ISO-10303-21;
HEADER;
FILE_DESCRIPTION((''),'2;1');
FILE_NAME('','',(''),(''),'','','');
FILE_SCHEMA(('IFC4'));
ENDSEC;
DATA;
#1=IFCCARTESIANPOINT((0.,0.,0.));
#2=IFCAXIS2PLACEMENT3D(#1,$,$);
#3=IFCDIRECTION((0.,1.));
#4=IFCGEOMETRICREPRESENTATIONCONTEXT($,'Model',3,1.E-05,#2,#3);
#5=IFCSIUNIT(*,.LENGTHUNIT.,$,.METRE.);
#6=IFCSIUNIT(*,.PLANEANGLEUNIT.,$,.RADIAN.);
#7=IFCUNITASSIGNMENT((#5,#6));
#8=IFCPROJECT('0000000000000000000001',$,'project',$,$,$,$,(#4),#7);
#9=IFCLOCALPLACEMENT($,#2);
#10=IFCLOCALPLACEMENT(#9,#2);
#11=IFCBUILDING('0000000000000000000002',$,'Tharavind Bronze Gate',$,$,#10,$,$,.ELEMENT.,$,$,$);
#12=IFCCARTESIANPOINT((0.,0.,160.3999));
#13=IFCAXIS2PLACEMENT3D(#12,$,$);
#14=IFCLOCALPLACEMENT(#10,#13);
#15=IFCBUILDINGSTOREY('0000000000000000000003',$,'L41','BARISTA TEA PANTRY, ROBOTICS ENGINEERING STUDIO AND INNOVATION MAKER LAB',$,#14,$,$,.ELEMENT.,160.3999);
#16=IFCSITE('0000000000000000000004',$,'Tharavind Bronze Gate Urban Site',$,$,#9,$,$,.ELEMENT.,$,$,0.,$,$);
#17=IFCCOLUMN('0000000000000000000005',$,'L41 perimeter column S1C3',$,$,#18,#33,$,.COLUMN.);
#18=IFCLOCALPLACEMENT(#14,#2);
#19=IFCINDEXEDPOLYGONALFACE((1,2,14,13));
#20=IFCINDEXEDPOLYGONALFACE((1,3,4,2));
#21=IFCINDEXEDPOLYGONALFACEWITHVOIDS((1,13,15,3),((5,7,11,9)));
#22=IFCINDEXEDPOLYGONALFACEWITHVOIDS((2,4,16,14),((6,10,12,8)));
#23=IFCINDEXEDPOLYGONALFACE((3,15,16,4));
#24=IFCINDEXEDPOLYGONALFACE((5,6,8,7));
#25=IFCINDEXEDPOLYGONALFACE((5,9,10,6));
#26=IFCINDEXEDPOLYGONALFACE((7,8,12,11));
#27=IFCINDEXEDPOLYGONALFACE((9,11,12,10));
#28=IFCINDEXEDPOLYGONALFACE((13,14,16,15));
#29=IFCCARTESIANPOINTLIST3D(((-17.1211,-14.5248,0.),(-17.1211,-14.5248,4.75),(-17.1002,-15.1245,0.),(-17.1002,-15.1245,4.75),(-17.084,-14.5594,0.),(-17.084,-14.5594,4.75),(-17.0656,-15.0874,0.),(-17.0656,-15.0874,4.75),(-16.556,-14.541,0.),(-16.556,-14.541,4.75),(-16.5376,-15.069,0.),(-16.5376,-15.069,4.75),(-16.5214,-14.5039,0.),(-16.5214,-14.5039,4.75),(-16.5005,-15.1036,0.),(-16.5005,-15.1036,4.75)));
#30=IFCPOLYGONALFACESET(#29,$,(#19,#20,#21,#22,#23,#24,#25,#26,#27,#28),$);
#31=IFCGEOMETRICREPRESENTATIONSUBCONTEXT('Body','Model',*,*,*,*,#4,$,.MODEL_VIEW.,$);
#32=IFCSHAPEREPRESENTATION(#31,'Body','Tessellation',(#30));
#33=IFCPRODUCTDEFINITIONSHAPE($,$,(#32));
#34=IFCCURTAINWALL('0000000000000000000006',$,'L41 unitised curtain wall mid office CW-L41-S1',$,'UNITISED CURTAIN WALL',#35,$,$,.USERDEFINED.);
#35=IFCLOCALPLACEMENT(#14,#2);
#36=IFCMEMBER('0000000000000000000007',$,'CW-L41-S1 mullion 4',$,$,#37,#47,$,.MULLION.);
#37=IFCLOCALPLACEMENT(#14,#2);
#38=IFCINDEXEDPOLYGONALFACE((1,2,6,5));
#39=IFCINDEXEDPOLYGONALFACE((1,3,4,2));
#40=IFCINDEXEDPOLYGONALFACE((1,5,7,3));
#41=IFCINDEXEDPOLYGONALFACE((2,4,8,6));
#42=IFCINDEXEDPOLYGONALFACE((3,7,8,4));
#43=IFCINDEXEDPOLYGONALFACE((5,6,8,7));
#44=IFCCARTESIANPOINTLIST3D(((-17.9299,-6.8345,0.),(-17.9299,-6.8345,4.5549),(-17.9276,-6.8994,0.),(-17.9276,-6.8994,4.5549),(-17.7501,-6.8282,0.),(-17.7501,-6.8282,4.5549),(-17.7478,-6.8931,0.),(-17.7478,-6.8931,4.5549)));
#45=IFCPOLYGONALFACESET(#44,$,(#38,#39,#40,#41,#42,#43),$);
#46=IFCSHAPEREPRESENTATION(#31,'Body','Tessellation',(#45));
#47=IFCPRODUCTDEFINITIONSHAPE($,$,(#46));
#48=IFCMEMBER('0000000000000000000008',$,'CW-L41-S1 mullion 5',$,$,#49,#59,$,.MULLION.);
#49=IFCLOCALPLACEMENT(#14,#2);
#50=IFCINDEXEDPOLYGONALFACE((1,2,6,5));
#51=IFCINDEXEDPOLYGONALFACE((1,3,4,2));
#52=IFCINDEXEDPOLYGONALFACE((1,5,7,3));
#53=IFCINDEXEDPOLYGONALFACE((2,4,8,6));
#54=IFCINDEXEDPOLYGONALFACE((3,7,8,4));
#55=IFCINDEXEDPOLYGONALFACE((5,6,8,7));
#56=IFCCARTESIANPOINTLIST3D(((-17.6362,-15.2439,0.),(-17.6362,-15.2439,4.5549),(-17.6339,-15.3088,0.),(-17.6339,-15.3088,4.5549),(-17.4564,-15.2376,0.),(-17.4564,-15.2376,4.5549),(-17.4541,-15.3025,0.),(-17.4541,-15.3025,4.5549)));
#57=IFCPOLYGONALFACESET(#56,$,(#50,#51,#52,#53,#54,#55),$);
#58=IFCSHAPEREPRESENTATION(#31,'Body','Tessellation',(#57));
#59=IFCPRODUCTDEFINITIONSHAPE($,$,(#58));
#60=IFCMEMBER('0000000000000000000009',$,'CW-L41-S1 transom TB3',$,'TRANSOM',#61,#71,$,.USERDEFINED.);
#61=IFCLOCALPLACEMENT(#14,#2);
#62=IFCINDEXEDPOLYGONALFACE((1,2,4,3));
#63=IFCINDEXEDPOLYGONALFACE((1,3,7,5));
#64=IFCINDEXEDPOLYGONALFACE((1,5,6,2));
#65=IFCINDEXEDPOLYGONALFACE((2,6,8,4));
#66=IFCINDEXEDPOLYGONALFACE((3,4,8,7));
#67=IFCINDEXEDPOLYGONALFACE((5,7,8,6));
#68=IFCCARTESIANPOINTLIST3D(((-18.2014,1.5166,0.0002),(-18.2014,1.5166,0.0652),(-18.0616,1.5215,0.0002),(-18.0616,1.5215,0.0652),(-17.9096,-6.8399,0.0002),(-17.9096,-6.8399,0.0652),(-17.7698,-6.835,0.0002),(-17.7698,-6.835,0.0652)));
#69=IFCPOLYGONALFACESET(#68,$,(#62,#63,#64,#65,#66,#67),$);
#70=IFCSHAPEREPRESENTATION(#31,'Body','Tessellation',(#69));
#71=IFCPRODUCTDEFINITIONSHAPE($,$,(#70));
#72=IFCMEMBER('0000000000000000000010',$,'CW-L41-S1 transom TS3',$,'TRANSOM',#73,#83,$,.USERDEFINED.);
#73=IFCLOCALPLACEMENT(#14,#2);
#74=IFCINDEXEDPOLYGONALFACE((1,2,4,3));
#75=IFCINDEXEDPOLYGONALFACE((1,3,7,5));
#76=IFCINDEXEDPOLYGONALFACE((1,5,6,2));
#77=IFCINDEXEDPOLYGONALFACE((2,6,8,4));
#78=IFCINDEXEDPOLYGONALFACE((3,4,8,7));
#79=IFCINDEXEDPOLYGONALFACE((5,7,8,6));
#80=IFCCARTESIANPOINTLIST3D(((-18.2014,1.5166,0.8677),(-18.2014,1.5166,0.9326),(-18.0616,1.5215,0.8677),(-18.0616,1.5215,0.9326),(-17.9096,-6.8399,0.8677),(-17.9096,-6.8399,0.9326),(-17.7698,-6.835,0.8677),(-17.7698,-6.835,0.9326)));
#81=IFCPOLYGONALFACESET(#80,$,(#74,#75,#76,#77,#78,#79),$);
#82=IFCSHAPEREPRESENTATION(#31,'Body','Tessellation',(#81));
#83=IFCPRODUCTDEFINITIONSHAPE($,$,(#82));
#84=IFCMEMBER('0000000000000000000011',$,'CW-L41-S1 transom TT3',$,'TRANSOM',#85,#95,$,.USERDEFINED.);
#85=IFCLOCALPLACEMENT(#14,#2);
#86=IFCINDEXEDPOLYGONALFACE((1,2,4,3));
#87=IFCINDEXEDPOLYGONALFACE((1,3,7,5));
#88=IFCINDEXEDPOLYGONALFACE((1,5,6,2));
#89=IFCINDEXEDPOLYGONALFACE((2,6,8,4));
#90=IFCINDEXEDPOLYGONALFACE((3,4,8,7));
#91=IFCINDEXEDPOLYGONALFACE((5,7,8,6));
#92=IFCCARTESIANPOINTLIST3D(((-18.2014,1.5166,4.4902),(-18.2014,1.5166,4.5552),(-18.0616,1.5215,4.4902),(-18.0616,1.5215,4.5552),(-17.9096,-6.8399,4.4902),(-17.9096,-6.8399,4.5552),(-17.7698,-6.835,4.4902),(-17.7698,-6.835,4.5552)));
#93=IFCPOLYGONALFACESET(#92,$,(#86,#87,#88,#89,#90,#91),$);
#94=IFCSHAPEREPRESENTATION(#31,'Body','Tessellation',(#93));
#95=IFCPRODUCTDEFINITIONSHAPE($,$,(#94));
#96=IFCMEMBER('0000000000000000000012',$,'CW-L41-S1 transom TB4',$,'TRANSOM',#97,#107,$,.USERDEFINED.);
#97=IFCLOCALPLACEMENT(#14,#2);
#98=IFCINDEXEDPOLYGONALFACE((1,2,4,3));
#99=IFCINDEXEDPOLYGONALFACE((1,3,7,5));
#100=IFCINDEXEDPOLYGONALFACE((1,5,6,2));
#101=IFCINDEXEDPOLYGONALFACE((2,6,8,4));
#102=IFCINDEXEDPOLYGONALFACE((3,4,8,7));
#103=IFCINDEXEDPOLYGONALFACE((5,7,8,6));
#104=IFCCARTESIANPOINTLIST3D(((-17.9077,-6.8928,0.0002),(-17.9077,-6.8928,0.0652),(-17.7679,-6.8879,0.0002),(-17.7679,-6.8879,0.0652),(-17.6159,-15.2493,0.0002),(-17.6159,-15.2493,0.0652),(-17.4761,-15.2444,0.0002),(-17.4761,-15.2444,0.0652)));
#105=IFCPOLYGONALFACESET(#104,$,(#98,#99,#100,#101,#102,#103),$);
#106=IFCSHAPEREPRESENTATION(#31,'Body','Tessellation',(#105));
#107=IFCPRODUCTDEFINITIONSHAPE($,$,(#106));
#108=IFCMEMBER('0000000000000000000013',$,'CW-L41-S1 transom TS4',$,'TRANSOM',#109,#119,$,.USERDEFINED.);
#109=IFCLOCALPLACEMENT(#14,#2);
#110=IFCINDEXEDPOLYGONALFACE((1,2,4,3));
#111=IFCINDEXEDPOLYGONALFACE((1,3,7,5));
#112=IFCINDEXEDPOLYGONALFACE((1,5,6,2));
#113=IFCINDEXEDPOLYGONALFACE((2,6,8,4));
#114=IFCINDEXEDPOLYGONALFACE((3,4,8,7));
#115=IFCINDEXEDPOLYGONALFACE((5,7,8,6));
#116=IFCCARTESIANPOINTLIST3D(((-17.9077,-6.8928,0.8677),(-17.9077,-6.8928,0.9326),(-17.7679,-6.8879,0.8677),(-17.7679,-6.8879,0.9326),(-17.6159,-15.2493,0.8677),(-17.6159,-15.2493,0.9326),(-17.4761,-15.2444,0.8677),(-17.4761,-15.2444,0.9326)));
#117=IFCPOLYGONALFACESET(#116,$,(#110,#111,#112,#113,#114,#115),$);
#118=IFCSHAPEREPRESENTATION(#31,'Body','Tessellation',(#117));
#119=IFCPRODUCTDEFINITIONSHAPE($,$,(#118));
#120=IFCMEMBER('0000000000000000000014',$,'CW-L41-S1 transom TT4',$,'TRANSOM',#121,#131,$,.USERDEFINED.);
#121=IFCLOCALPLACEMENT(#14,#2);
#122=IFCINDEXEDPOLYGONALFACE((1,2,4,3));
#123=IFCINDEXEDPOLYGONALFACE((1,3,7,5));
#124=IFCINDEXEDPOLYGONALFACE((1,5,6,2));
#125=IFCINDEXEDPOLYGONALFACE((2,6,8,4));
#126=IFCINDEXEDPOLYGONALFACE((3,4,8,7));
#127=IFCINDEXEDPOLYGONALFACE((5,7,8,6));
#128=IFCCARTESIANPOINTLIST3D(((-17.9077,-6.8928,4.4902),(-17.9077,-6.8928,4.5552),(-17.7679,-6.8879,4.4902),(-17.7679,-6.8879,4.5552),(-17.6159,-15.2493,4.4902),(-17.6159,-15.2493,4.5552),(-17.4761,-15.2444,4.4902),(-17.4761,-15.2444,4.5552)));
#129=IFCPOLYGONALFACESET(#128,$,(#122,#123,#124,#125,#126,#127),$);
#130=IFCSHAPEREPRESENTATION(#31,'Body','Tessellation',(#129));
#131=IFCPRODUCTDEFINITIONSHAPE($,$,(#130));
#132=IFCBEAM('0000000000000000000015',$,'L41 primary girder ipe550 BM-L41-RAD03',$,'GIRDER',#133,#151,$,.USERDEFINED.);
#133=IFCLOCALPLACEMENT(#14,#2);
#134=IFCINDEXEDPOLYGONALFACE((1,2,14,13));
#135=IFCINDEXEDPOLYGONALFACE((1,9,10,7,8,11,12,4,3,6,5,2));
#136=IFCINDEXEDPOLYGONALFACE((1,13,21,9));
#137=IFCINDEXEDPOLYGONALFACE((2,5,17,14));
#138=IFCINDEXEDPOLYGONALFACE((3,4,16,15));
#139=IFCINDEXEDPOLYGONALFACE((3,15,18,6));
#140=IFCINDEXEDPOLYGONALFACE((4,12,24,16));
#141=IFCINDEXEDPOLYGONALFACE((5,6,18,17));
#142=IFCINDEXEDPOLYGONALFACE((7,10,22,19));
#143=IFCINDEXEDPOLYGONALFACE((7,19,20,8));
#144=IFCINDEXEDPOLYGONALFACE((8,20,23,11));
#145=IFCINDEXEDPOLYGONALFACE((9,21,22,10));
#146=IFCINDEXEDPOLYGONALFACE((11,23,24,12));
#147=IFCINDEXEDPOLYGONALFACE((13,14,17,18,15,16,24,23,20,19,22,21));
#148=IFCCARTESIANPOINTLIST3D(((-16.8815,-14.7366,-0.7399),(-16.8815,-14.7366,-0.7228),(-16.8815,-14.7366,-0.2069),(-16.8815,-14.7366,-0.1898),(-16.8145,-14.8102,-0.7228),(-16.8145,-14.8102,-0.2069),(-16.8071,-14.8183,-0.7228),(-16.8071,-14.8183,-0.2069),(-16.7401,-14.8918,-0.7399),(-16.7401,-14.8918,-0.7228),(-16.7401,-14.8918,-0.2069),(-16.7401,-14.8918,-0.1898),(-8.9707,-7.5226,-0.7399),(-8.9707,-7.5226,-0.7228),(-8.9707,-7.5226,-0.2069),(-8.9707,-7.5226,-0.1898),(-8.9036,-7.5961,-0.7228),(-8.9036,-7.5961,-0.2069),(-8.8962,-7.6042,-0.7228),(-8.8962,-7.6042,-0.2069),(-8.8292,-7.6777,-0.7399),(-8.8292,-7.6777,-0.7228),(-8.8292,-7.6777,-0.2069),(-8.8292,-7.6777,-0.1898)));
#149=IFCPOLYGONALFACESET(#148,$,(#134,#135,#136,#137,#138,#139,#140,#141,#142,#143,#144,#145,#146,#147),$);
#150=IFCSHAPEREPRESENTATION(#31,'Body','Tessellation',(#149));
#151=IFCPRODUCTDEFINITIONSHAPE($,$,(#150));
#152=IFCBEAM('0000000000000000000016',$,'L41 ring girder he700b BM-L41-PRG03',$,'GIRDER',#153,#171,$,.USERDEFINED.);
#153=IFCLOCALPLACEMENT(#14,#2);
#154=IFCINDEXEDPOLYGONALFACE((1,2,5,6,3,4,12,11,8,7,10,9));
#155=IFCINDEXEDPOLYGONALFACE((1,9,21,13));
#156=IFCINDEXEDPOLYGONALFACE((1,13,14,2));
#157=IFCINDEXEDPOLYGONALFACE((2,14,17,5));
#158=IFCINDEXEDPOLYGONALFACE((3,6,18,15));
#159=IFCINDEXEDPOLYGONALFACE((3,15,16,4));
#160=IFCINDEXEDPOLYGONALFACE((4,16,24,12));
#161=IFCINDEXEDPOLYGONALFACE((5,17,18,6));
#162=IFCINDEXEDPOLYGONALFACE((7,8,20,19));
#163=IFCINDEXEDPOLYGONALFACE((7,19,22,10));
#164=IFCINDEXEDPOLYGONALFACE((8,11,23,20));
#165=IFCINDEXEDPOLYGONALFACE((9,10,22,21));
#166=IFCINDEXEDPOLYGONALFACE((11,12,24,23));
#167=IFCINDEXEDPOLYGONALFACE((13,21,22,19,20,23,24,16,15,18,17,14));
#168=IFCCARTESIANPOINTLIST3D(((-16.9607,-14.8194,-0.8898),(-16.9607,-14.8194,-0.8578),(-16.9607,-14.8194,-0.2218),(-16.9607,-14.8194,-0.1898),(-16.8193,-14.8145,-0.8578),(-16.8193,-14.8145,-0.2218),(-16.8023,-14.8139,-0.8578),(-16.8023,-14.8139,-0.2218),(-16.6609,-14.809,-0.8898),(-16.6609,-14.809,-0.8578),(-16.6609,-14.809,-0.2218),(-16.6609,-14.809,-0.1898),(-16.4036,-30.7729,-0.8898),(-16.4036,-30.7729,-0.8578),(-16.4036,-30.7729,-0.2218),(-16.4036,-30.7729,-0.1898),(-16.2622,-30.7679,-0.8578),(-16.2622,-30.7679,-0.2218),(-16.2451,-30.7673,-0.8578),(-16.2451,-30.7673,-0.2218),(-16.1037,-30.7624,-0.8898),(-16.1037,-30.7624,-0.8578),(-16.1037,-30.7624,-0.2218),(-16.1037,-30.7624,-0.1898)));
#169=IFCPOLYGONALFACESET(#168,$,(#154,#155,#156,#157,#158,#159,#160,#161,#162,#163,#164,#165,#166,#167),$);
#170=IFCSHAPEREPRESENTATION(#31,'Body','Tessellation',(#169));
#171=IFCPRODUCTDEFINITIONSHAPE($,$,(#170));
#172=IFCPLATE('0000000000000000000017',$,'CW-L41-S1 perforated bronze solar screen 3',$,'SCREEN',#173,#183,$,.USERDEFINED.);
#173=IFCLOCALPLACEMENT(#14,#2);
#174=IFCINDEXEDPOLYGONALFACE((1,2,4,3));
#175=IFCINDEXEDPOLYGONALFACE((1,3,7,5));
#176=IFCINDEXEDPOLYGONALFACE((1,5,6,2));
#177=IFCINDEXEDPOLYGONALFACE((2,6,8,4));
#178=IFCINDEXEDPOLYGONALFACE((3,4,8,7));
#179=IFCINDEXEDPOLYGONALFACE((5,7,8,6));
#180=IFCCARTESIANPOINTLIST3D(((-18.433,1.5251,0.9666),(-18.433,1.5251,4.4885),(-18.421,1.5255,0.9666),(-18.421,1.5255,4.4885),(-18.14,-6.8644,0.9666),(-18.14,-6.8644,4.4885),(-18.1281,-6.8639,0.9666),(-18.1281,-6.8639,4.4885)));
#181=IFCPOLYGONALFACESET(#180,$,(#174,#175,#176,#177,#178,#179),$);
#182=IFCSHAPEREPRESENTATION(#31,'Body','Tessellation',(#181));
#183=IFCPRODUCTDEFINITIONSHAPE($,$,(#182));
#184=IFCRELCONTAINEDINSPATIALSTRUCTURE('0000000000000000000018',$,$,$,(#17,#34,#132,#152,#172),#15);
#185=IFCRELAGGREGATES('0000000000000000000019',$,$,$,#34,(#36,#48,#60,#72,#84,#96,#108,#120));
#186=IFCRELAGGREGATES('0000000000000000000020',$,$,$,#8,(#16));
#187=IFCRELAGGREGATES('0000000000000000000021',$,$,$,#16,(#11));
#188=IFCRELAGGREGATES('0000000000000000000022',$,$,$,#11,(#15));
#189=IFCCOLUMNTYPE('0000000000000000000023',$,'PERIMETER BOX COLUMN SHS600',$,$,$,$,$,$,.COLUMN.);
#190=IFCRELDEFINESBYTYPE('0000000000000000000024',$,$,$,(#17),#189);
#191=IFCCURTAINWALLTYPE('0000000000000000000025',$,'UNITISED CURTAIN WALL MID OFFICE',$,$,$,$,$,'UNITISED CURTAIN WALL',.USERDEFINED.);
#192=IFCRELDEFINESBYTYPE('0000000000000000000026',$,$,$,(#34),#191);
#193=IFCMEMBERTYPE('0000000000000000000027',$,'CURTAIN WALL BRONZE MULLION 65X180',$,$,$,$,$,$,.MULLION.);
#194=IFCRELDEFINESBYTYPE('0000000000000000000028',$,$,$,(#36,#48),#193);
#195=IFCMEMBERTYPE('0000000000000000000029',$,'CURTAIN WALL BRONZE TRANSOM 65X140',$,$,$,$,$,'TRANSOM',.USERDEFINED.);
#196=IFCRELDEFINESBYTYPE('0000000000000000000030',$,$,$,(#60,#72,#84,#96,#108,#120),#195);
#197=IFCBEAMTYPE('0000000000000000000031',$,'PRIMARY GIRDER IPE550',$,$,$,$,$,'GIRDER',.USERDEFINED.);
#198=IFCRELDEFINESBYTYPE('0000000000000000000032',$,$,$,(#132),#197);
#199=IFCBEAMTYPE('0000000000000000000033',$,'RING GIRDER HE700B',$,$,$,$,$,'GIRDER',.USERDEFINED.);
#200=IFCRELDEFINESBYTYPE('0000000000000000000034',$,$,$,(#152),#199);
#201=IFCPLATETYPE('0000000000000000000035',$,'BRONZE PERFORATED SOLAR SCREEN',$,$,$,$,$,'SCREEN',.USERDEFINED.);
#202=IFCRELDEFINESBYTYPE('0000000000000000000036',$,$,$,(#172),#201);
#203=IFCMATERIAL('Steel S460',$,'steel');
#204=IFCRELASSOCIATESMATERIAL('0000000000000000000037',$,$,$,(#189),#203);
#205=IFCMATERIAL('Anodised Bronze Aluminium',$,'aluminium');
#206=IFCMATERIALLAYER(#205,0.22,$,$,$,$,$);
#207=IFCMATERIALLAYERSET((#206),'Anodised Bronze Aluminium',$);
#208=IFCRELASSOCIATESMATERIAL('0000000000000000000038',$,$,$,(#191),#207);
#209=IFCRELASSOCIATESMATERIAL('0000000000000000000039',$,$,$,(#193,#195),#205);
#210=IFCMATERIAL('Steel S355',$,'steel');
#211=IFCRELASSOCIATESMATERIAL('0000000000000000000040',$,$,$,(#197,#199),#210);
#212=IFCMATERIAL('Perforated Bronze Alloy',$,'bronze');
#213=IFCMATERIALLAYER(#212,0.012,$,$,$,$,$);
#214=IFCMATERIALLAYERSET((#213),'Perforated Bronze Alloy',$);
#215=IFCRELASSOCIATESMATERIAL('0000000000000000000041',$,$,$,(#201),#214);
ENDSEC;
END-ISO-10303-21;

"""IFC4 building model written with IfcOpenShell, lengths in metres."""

from ifc_helpers import new_model, si_unit, direction, frame, origin, origin_2d, place, context, subcontext, project, spatial, rectangle, hollow_rectangle, i_section, extrude, material, layer, layer_set, material_profile, profile_set, type_object, element, aggregate, save


model = new_model("IFC4")

# Units and contexts
model_context = context("Model", 3, precision=1e-05, world=origin(), true_north=direction((0.0, 1.0)))
body_context = subcontext(model_context, "Body", "Model", "MODEL_VIEW")
ifc_project = project(units=[si_unit("LENGTHUNIT", "METRE"), si_unit("PLANEANGLEUNIT", "RADIAN")], contexts=[model_context])

# Site, building, storey
site_placement = place(None, origin())
site = spatial("IfcSite", under=ifc_project, at=site_placement, Name="Tharavind Bronze Gate Urban Site", CompositionType="ELEMENT", RefElevation=0.0)
building_placement = place(site_placement, origin())
building = spatial("IfcBuilding", under=site, at=building_placement, Name="Tharavind Bronze Gate", CompositionType="ELEMENT")
storey_placement = place(building_placement, frame((0.0, 0.0, 160.3999)))
storey = spatial("IfcBuildingStorey", under=building, at=storey_placement, Name="L41", Description="BARISTA TEA PANTRY, ROBOTICS ENGINEERING STUDIO AND INNOVATION MAKER LAB", CompositionType="ELEMENT", Elevation=160.3999)

# Column
ifc_material_1 = material(Name="Steel S460", Category="steel")
ifc_material_profile_1 = material_profile(ifc_material_1, hollow_rectangle(XDim=0.6001, YDim=0.6001, WallThickness=0.0359, at=origin_2d()), Name="SHS600X36")
ifc_profile_set_1 = profile_set([ifc_material_profile_1], Name="Steel S460")
column_type = type_object("IfcColumnType", Name="PERIMETER BOX COLUMN SHS600", PredefinedType="COLUMN", material=ifc_profile_set_1)
column_placement = place(storey_placement, frame((-16.8108, -14.8142, 0.0), z_axis=(0.0, 0.0, 1.0), x_axis=(-0.034899, 0.999391, 0.0)))
element("IfcColumn", 1, at=column_placement, inside=storey, type_object=column_type, Name="L41 perimeter column S1C3", PredefinedType="COLUMN", context=body_context, shape_type="SweptSolid", body=[
    extrude(hollow_rectangle(XDim=0.6001, YDim=0.6001, WallThickness=0.0359, at=origin_2d()), origin(), (0.0, 0.0, 1.0), 4.75),
])

# Curtain wall, members
ifc_material_2 = material(Name="Anodised Bronze Aluminium", Category="aluminium")
ifc_layer_1 = layer(ifc_material_2, 0.22)
ifc_layer_set_1 = layer_set([ifc_layer_1], Name="Anodised Bronze Aluminium")
curtain_wall_type = type_object("IfcCurtainWallType", Name="UNITISED CURTAIN WALL MID OFFICE", ElementType="UNITISED CURTAIN WALL", PredefinedType="USERDEFINED", material=ifc_layer_set_1)
curtain_wall_placement = place(storey_placement, origin())
curtain_wall = element("IfcCurtainWall", 2, at=curtain_wall_placement, inside=storey, type_object=curtain_wall_type, Name="L41 unitised curtain wall mid office CW-L41-S1", ObjectType="UNITISED CURTAIN WALL", PredefinedType="USERDEFINED")
member_type_1 = type_object("IfcMemberType", Name="CURTAIN WALL BRONZE MULLION 65X180", PredefinedType="MULLION", material=ifc_material_2)
member_1_placement = place(storey_placement, frame((-17.8389, -6.8638, 0.0), z_axis=(0.0, 0.0, 1.0), x_axis=(0.034899, -0.999391, 0.0)))
member_1 = element("IfcMember", 3, at=member_1_placement, type_object=member_type_1, Name="CW-L41-S1 mullion 4", PredefinedType="MULLION", context=body_context, shape_type="SweptSolid", body=[
    extrude(rectangle(XDim=0.0649, YDim=0.1799, at=origin_2d()), origin(), (0.0, 0.0, 1.0), 4.5549),
])
member_2_placement = place(storey_placement, frame((-17.5452, -15.2732, 0.0), z_axis=(0.0, 0.0, 1.0), x_axis=(0.034899, -0.999391, 0.0)))
member_2 = element("IfcMember", 4, at=member_2_placement, type_object=member_type_1, Name="CW-L41-S1 mullion 5", PredefinedType="MULLION", context=body_context, shape_type="SweptSolid", body=[
    extrude(rectangle(XDim=0.0649, YDim=0.1799, at=origin_2d()), origin(), (0.0, 0.0, 1.0), 4.5549),
])
member_type_2 = type_object("IfcMemberType", Name="CURTAIN WALL BRONZE TRANSOM 65X140", ElementType="TRANSOM", PredefinedType="USERDEFINED", material=ifc_material_2)
member_3_placement = place(storey_placement, frame((-17.9856, -2.6592, 0.0002), z_axis=(0.0, 0.0, 1.0), x_axis=(0.034899, -0.999391, 0.0)))
member_3 = element("IfcMember", 5, at=member_3_placement, type_object=member_type_2, Name="CW-L41-S1 transom TB3", ObjectType="TRANSOM", PredefinedType="USERDEFINED", context=body_context, shape_type="SweptSolid", body=[
    extrude(rectangle(XDim=8.3616, YDim=0.1399, at=origin_2d()), origin(), (0.0, 0.0, 1.0), 0.0649),
])
member_4_placement = place(storey_placement, frame((-17.9856, -2.6592, 0.8677), z_axis=(0.0, 0.0, 1.0), x_axis=(0.034899, -0.999391, 0.0)))
member_4 = element("IfcMember", 6, at=member_4_placement, type_object=member_type_2, Name="CW-L41-S1 transom TS3", ObjectType="TRANSOM", PredefinedType="USERDEFINED", context=body_context, shape_type="SweptSolid", body=[
    extrude(rectangle(XDim=8.3616, YDim=0.1399, at=origin_2d()), origin(), (0.0, 0.0, 1.0), 0.0649),
])
member_5_placement = place(storey_placement, frame((-17.9856, -2.6592, 4.4902), z_axis=(0.0, 0.0, 1.0), x_axis=(0.034899, -0.999391, 0.0)))
member_5 = element("IfcMember", 7, at=member_5_placement, type_object=member_type_2, Name="CW-L41-S1 transom TT3", ObjectType="TRANSOM", PredefinedType="USERDEFINED", context=body_context, shape_type="SweptSolid", body=[
    extrude(rectangle(XDim=8.3616, YDim=0.1399, at=origin_2d()), origin(), (0.0, 0.0, 1.0), 0.0649),
])
member_6_placement = place(storey_placement, frame((-17.6919, -11.0686, 0.0002), z_axis=(0.0, 0.0, 1.0), x_axis=(0.034899, -0.999391, 0.0)))
member_6 = element("IfcMember", 8, at=member_6_placement, type_object=member_type_2, Name="CW-L41-S1 transom TB4", ObjectType="TRANSOM", PredefinedType="USERDEFINED", context=body_context, shape_type="SweptSolid", body=[
    extrude(rectangle(XDim=8.3616, YDim=0.1399, at=origin_2d()), origin(), (0.0, 0.0, 1.0), 0.0649),
])
member_7_placement = place(storey_placement, frame((-17.6919, -11.0686, 0.8677), z_axis=(0.0, 0.0, 1.0), x_axis=(0.034899, -0.999391, 0.0)))
member_7 = element("IfcMember", 9, at=member_7_placement, type_object=member_type_2, Name="CW-L41-S1 transom TS4", ObjectType="TRANSOM", PredefinedType="USERDEFINED", context=body_context, shape_type="SweptSolid", body=[
    extrude(rectangle(XDim=8.3616, YDim=0.1399, at=origin_2d()), origin(), (0.0, 0.0, 1.0), 0.0649),
])
member_8_placement = place(storey_placement, frame((-17.6919, -11.0686, 4.4902), z_axis=(0.0, 0.0, 1.0), x_axis=(0.034899, -0.999391, 0.0)))
member_8 = element("IfcMember", 10, at=member_8_placement, type_object=member_type_2, Name="CW-L41-S1 transom TT4", ObjectType="TRANSOM", PredefinedType="USERDEFINED", context=body_context, shape_type="SweptSolid", body=[
    extrude(rectangle(XDim=8.3616, YDim=0.1399, at=origin_2d()), origin(), (0.0, 0.0, 1.0), 0.0649),
])

# Beams
ifc_material_3 = material(Name="Steel S355", Category="steel")
ifc_material_profile_2 = material_profile(ifc_material_3, i_section(OverallWidth=0.21, OverallDepth=0.55, WebThickness=0.011, FlangeThickness=0.0171, at=origin_2d()), Name="IPE550")
ifc_profile_set_2 = profile_set([ifc_material_profile_2], Name="Steel S355")
beam_type_1 = type_object("IfcBeamType", Name="PRIMARY GIRDER IPE550", ElementType="GIRDER", PredefinedType="USERDEFINED", material=ifc_profile_set_2)
beam_1_placement = place(storey_placement, frame((-16.8108, -14.8142, -0.4648), z_axis=(0.738898, 0.673817, 0.0), x_axis=(-0.673817, 0.738898, 0.0)))
element("IfcBeam", 11, at=beam_1_placement, inside=storey, type_object=beam_type_1, Name="L41 primary girder ipe550 BM-L41-RAD03", ObjectType="GIRDER", PredefinedType="USERDEFINED", context=body_context, shape_type="SweptSolid", body=[
    extrude(i_section(OverallWidth=0.21, OverallDepth=0.55, WebThickness=0.011, FlangeThickness=0.0171, at=origin_2d()), origin(), (0.0, 0.0, 1.0), 10.7063),
])
ifc_material_profile_3 = material_profile(ifc_material_3, i_section(OverallWidth=0.3, OverallDepth=0.7, WebThickness=0.0171, FlangeThickness=0.032, at=origin_2d()), Name="HE700B")
ifc_profile_set_3 = profile_set([ifc_material_profile_3], Name="Steel S355")
beam_type_2 = type_object("IfcBeamType", Name="RING GIRDER HE700B", ElementType="GIRDER", PredefinedType="USERDEFINED", material=ifc_profile_set_3)
beam_2_placement = place(storey_placement, frame((-16.8108, -14.8142, -0.5398), z_axis=(0.034901, -0.999391, 0.0), x_axis=(0.999391, 0.034901, 0.0)))
element("IfcBeam", 12, at=beam_2_placement, inside=storey, type_object=beam_type_2, Name="L41 ring girder he700b BM-L41-PRG03", ObjectType="GIRDER", PredefinedType="USERDEFINED", context=body_context, shape_type="SweptSolid", body=[
    extrude(i_section(OverallWidth=0.3, OverallDepth=0.7, WebThickness=0.0171, FlangeThickness=0.032, at=origin_2d()), origin(), (0.0, 0.0, 1.0), 15.9631),
])

# Plate
ifc_material_4 = material(Name="Perforated Bronze Alloy", Category="bronze")
ifc_layer_2 = layer(ifc_material_4, 0.012)
ifc_layer_set_2 = layer_set([ifc_layer_2], Name="Perforated Bronze Alloy")
plate_type_1 = type_object("IfcPlateType", Name="BRONZE PERFORATED SOLAR SCREEN", ElementType="SCREEN", PredefinedType="USERDEFINED", material=ifc_layer_set_2)
plate_1_placement = place(storey_placement, frame((-18.2805, -2.6694, 0.9666), z_axis=(0.0, 0.0, 1.0), x_axis=(0.034899, -0.999391, 0.0)))
element("IfcPlate", 13, at=plate_1_placement, inside=storey, type_object=plate_type_1, Name="CW-L41-S1 perforated bronze solar screen 3", ObjectType="SCREEN", PredefinedType="USERDEFINED", context=body_context, shape_type="SweptSolid", body=[
    extrude(rectangle(XDim=8.3945, YDim=0.012, at=origin_2d()), origin(), (0.0, 0.0, 1.0), 3.522),
])
aggregate(curtain_wall, [member_1, member_2, member_3, member_4, member_5, member_6, member_7, member_8])

save(model, "model.ifc")
